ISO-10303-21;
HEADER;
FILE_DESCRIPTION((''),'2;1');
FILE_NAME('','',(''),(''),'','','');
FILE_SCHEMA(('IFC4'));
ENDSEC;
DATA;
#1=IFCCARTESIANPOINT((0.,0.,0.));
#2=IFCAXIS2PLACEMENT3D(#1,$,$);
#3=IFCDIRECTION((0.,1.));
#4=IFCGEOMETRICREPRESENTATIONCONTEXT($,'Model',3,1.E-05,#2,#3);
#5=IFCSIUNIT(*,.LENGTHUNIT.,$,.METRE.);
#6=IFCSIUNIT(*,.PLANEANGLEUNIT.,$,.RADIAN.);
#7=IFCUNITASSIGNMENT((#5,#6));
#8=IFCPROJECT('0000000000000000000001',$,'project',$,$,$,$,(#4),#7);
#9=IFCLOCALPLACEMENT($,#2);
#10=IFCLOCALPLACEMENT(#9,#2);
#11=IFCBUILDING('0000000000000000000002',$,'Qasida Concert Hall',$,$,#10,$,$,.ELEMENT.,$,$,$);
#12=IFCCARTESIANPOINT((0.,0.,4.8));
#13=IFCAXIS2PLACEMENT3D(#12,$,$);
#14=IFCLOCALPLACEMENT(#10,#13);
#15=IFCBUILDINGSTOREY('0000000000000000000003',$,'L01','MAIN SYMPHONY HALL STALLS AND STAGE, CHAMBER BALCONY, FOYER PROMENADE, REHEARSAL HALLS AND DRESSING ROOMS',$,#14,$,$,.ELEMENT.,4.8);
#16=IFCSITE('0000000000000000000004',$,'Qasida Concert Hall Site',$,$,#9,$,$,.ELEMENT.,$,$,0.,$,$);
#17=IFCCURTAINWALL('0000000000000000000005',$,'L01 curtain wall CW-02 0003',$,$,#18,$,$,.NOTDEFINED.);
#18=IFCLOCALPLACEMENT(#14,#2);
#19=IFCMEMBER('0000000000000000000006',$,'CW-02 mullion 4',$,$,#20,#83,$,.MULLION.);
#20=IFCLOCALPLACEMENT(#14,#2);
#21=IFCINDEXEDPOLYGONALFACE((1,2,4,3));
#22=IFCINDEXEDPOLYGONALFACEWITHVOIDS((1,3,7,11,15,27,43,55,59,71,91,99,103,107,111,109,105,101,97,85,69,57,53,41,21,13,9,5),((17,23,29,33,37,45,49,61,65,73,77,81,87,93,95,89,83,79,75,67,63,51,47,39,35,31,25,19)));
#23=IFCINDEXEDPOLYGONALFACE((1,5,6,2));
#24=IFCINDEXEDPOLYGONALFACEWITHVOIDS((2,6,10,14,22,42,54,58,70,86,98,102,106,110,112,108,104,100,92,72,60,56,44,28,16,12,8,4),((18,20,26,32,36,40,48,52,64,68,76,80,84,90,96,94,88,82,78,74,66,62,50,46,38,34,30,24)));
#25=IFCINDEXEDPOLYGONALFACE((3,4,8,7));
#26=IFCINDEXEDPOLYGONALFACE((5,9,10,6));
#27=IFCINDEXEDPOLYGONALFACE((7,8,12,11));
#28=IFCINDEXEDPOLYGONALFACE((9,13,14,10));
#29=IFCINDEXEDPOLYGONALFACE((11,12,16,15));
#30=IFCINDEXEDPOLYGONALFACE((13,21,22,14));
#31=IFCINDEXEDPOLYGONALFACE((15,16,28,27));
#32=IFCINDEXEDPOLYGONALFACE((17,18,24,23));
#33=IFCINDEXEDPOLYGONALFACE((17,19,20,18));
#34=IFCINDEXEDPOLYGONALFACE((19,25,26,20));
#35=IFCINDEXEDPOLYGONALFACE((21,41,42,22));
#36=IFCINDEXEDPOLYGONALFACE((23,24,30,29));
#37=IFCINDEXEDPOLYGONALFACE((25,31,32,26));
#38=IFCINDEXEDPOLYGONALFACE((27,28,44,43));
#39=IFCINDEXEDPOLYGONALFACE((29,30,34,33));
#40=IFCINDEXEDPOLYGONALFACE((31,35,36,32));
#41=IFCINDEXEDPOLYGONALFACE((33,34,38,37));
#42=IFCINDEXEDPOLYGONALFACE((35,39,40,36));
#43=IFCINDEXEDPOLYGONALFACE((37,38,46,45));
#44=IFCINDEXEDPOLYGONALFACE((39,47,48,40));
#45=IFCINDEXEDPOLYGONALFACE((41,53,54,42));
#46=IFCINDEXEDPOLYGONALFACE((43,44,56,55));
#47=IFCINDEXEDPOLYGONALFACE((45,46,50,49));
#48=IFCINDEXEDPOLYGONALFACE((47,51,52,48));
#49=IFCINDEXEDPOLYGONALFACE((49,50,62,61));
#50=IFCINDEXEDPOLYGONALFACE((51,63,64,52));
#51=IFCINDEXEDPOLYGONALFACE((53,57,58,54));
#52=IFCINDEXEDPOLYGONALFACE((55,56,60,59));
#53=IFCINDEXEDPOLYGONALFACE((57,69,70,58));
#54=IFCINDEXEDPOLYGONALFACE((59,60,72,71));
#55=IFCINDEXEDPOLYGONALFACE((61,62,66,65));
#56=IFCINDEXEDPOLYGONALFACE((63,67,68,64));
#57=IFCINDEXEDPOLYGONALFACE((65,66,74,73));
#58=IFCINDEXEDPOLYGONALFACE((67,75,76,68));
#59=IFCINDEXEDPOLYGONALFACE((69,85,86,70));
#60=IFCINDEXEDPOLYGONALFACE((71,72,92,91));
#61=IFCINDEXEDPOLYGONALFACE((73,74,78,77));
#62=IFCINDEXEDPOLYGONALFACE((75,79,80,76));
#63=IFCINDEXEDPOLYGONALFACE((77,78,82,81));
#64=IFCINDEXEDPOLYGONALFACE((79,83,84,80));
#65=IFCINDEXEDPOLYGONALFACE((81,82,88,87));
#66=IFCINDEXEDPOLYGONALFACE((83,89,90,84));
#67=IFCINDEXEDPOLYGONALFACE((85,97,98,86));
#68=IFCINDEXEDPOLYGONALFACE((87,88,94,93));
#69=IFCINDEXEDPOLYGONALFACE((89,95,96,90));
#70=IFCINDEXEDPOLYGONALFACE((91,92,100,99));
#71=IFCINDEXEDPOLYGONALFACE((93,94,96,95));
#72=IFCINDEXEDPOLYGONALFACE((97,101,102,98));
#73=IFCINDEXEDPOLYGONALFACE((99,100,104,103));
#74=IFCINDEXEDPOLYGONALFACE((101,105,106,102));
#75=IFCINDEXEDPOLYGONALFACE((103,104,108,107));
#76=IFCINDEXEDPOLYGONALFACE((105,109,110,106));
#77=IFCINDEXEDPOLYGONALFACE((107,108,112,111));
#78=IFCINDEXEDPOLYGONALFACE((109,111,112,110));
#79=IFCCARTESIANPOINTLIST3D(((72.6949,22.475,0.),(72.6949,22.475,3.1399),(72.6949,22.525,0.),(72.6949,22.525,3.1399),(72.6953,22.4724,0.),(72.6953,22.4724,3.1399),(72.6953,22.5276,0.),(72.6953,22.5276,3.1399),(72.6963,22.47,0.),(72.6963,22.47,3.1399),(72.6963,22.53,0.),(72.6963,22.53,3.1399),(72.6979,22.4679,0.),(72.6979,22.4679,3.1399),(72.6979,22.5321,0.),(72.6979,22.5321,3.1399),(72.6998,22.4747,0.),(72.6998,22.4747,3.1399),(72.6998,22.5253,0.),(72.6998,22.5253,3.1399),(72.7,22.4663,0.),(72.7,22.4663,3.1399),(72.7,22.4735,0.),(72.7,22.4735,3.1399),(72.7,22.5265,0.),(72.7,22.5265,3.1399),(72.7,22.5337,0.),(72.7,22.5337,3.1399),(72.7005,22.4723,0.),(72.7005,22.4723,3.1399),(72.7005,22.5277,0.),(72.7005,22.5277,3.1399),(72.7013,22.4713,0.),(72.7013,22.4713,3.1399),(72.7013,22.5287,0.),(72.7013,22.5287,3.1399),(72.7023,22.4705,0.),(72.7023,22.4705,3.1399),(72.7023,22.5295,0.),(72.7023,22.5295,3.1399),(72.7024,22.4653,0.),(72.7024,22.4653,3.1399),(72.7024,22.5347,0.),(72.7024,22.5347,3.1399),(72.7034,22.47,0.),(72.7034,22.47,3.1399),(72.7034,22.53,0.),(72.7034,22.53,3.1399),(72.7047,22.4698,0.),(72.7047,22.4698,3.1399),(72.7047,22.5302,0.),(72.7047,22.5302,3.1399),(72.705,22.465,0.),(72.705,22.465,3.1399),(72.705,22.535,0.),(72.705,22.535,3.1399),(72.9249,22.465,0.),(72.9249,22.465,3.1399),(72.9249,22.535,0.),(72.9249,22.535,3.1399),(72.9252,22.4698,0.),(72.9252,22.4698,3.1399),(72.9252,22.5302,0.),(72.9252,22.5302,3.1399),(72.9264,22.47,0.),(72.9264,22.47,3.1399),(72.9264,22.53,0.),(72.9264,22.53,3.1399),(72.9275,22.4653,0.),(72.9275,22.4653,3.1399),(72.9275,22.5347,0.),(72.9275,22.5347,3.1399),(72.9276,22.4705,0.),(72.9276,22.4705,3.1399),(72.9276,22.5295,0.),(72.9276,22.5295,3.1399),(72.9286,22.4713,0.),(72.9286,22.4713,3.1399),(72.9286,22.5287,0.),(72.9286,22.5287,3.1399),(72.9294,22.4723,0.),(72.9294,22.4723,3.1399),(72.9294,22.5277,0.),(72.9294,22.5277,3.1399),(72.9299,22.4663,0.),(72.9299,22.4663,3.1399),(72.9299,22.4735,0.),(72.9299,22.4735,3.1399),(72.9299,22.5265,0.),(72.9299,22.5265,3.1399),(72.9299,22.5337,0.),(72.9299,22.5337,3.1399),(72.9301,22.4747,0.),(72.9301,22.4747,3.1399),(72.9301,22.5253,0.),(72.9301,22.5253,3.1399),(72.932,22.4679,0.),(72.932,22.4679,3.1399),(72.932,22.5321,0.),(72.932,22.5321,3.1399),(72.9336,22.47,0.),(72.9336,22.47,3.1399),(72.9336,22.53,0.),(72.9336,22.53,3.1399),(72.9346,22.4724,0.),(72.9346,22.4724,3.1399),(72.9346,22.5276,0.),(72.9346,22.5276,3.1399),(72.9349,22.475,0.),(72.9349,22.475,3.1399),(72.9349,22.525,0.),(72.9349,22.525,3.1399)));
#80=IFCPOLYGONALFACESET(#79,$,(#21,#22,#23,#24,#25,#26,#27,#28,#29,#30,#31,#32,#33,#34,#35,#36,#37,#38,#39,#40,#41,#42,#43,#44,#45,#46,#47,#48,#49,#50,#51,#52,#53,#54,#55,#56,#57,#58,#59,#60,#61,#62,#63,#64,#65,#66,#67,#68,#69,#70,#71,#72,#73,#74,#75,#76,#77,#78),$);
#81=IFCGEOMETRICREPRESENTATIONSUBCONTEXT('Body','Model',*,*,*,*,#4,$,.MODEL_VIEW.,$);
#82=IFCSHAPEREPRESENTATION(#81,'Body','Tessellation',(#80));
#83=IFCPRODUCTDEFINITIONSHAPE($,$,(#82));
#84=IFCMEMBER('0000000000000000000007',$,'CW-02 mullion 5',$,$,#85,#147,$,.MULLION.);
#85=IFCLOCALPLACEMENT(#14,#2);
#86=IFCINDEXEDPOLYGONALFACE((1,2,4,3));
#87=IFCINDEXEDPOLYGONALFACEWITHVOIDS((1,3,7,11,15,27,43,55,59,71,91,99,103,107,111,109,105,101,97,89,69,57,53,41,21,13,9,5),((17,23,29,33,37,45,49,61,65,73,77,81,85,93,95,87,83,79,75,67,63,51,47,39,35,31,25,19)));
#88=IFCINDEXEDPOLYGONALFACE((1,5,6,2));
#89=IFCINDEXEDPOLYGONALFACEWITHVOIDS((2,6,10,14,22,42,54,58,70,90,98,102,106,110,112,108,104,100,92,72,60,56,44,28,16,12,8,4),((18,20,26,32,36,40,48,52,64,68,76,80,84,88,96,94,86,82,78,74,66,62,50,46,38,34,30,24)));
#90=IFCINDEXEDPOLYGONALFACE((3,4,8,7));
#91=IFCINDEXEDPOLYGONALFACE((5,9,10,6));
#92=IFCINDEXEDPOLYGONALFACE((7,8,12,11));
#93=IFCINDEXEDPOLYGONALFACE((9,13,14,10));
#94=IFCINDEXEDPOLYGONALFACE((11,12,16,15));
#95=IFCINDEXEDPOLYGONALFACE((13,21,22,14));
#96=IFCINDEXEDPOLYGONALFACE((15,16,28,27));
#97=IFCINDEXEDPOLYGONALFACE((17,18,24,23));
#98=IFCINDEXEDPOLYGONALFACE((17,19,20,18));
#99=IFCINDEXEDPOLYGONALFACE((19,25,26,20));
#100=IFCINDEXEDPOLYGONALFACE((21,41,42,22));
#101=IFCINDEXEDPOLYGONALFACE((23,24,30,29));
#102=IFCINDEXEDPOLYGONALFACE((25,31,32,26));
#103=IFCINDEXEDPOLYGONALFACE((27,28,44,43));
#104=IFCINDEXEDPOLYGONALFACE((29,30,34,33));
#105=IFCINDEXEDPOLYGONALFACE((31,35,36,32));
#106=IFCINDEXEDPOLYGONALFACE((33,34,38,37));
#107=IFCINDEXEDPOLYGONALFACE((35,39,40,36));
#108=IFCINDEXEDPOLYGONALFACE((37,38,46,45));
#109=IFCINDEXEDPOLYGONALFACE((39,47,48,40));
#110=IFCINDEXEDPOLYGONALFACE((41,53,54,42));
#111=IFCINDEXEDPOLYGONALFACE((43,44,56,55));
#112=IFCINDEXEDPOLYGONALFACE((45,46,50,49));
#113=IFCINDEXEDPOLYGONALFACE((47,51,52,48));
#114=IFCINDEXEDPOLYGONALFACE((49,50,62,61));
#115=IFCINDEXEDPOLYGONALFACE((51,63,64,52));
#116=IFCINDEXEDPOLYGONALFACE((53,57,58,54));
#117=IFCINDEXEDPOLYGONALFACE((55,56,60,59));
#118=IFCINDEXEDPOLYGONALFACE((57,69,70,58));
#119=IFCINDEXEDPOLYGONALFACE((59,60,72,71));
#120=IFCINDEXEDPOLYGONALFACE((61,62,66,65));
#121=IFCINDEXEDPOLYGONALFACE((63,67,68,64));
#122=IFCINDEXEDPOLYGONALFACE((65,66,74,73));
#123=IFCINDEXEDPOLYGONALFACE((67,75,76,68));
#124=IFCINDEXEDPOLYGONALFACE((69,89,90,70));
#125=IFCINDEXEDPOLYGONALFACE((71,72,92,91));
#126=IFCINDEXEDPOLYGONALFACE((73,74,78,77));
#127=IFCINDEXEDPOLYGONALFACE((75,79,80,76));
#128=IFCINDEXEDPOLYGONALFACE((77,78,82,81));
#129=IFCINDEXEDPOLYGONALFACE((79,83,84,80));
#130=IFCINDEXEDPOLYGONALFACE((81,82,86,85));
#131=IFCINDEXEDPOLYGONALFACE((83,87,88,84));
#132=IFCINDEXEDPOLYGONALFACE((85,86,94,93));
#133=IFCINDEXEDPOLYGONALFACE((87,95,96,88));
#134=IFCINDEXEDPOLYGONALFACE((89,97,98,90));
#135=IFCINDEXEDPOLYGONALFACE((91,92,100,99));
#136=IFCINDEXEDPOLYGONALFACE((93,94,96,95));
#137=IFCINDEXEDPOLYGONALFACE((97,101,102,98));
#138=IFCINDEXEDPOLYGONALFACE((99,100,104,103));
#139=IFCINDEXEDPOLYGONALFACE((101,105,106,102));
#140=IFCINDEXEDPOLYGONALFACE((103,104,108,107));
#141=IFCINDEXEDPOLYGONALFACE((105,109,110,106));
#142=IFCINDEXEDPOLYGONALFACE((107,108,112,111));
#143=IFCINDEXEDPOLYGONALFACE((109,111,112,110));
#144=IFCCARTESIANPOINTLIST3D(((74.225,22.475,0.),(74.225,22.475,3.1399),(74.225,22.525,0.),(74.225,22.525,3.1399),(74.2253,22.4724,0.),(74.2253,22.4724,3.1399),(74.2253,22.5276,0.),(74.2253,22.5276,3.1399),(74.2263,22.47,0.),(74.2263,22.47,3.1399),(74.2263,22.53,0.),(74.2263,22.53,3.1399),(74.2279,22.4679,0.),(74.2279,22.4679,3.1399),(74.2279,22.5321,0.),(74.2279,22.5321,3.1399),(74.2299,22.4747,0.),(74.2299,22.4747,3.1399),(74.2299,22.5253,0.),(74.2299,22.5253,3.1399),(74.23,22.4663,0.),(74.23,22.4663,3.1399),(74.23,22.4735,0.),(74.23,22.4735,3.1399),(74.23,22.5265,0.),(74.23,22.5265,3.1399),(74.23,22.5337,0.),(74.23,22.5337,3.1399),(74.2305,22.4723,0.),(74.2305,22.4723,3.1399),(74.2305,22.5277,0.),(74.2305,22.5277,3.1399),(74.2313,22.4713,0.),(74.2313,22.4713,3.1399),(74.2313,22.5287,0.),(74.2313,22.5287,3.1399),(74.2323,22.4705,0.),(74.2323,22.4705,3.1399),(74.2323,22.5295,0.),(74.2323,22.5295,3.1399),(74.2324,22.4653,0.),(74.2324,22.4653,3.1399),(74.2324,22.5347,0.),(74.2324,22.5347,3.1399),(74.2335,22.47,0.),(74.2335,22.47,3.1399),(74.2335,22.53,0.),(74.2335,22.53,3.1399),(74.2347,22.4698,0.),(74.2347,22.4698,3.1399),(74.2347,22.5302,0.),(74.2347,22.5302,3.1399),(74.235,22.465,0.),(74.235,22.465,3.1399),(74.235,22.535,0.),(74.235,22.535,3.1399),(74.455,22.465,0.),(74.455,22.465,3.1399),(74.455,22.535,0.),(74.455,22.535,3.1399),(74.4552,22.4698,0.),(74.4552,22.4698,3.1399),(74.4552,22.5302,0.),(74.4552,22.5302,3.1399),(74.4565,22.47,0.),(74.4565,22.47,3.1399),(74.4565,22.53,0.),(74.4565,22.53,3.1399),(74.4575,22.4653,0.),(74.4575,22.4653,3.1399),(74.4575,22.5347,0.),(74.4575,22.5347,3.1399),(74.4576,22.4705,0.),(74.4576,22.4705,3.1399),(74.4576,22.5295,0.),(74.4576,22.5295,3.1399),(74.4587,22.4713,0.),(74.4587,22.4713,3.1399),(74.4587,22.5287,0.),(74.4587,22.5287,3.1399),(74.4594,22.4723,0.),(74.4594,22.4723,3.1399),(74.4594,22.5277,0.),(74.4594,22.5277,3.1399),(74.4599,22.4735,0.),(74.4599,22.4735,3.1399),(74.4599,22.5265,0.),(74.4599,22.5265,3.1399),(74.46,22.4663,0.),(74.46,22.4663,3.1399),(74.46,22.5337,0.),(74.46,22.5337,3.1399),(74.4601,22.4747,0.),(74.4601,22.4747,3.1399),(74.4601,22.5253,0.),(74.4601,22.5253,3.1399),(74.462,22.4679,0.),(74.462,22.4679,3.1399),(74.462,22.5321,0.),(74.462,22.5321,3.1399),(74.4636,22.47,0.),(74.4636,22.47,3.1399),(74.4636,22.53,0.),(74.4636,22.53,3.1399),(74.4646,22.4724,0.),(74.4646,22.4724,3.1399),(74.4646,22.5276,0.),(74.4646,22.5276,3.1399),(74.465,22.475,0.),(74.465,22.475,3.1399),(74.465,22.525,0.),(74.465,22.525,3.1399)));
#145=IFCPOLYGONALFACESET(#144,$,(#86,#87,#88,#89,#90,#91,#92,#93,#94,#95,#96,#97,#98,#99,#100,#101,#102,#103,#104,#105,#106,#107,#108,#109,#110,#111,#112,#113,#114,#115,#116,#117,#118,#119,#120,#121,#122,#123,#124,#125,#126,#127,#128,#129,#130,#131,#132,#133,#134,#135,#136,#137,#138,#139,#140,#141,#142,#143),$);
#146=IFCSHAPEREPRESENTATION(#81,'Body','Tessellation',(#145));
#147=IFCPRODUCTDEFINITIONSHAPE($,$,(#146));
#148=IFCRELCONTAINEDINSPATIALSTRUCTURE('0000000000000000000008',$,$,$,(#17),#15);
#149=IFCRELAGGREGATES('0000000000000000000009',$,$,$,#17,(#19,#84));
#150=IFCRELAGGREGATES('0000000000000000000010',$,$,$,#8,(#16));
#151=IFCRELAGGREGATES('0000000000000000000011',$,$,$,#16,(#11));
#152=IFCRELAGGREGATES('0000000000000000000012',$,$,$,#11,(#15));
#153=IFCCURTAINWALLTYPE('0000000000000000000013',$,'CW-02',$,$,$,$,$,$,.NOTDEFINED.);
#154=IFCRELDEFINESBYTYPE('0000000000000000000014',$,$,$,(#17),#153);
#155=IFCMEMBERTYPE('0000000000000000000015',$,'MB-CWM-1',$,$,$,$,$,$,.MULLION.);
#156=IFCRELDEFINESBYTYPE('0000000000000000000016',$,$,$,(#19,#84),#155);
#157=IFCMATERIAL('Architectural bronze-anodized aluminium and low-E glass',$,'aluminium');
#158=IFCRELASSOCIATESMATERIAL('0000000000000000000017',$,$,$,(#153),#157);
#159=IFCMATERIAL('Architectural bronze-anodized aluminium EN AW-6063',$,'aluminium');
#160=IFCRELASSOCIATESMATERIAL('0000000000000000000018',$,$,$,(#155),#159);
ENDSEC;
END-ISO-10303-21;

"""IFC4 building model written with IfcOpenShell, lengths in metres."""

from ifc_helpers import new_model, si_unit, direction, frame, origin, origin_2d, place, context, subcontext, project, spatial, hollow_rectangle, extrude, material, material_profile, profile_set, type_object, element, aggregate, save


model = new_model("IFC4")

# Units and contexts
model_context = context("Model", 3, precision=1e-05, world=origin(), true_north=direction((0.0, 1.0)))
body_context = subcontext(model_context, "Body", "Model", "MODEL_VIEW")
ifc_project = project(units=[si_unit("LENGTHUNIT", "METRE"), si_unit("PLANEANGLEUNIT", "RADIAN")], contexts=[model_context])

# Site, building, storey
site_placement = place(None, origin())
site = spatial("IfcSite", under=ifc_project, at=site_placement, Name="Qasida Concert Hall Site", CompositionType="ELEMENT", RefElevation=0.0)
building_placement = place(site_placement, origin())
building = spatial("IfcBuilding", under=site, at=building_placement, Name="Qasida Concert Hall", CompositionType="ELEMENT")
storey_placement = place(building_placement, frame((0.0, 0.0, 4.8)))
storey = spatial("IfcBuildingStorey", under=building, at=storey_placement, Name="L01", Description="MAIN SYMPHONY HALL STALLS AND STAGE, CHAMBER BALCONY, FOYER PROMENADE, REHEARSAL HALLS AND DRESSING ROOMS", CompositionType="ELEMENT", Elevation=4.8)

# Curtain wall, members
ifc_material_1 = material(Name="Architectural bronze-anodized aluminium and low-E glass", Category="aluminium")
curtain_wall_type = type_object("IfcCurtainWallType", Name="CW-02", PredefinedType="NOTDEFINED", material=ifc_material_1)
curtain_wall_1_placement = place(storey_placement, origin())
curtain_wall_1 = element("IfcCurtainWall", 1, at=curtain_wall_1_placement, inside=storey, type_object=curtain_wall_type, Name="L01 curtain wall CW-02 0003", PredefinedType="NOTDEFINED")
ifc_material_2 = material(Name="Architectural bronze-anodized aluminium EN AW-6063", Category="aluminium")
ifc_material_profile_1 = material_profile(ifc_material_2, hollow_rectangle(XDim=0.0701, YDim=0.24, WallThickness=0.0049, InnerFilletRadius=0.0049, OuterFilletRadius=0.01, at=origin_2d()), Name="CWM 240x70x5")
ifc_profile_set_1 = profile_set([ifc_material_profile_1], Name="Architectural bronze-anodized aluminium EN AW-6063")
member_type_1 = type_object("IfcMemberType", Name="MB-CWM-1", PredefinedType="MULLION", material=ifc_profile_set_1)
member_1_placement = place(storey_placement, frame((72.8149, 22.5, 0.0), z_axis=(0.0, 0.0, 1.0), x_axis=(0.0, 1.0, 0.0)))
member_1 = element("IfcMember", 2, at=member_1_placement, type_object=member_type_1, Name="CW-02 mullion 4", PredefinedType="MULLION", context=body_context, shape_type="SweptSolid", body=[
    extrude(hollow_rectangle(XDim=0.0701, YDim=0.24, WallThickness=0.0049, InnerFilletRadius=0.0049, OuterFilletRadius=0.01, at=origin_2d()), origin(), (0.0, 0.0, 1.0), 3.1399),
])
member_2_placement = place(storey_placement, frame((74.345, 22.5, 0.0), z_axis=(0.0, 0.0, 1.0), x_axis=(0.0, 1.0, 0.0)))
member_2 = element("IfcMember", 3, at=member_2_placement, type_object=member_type_1, Name="CW-02 mullion 5", PredefinedType="MULLION", context=body_context, shape_type="SweptSolid", body=[
    extrude(hollow_rectangle(XDim=0.0701, YDim=0.24, WallThickness=0.0049, InnerFilletRadius=0.0049, OuterFilletRadius=0.01, at=origin_2d()), origin(), (0.0, 0.0, 1.0), 3.1399),
])

aggregate(curtain_wall_1, [member_1, member_2])

save(model, "model.ifc")
